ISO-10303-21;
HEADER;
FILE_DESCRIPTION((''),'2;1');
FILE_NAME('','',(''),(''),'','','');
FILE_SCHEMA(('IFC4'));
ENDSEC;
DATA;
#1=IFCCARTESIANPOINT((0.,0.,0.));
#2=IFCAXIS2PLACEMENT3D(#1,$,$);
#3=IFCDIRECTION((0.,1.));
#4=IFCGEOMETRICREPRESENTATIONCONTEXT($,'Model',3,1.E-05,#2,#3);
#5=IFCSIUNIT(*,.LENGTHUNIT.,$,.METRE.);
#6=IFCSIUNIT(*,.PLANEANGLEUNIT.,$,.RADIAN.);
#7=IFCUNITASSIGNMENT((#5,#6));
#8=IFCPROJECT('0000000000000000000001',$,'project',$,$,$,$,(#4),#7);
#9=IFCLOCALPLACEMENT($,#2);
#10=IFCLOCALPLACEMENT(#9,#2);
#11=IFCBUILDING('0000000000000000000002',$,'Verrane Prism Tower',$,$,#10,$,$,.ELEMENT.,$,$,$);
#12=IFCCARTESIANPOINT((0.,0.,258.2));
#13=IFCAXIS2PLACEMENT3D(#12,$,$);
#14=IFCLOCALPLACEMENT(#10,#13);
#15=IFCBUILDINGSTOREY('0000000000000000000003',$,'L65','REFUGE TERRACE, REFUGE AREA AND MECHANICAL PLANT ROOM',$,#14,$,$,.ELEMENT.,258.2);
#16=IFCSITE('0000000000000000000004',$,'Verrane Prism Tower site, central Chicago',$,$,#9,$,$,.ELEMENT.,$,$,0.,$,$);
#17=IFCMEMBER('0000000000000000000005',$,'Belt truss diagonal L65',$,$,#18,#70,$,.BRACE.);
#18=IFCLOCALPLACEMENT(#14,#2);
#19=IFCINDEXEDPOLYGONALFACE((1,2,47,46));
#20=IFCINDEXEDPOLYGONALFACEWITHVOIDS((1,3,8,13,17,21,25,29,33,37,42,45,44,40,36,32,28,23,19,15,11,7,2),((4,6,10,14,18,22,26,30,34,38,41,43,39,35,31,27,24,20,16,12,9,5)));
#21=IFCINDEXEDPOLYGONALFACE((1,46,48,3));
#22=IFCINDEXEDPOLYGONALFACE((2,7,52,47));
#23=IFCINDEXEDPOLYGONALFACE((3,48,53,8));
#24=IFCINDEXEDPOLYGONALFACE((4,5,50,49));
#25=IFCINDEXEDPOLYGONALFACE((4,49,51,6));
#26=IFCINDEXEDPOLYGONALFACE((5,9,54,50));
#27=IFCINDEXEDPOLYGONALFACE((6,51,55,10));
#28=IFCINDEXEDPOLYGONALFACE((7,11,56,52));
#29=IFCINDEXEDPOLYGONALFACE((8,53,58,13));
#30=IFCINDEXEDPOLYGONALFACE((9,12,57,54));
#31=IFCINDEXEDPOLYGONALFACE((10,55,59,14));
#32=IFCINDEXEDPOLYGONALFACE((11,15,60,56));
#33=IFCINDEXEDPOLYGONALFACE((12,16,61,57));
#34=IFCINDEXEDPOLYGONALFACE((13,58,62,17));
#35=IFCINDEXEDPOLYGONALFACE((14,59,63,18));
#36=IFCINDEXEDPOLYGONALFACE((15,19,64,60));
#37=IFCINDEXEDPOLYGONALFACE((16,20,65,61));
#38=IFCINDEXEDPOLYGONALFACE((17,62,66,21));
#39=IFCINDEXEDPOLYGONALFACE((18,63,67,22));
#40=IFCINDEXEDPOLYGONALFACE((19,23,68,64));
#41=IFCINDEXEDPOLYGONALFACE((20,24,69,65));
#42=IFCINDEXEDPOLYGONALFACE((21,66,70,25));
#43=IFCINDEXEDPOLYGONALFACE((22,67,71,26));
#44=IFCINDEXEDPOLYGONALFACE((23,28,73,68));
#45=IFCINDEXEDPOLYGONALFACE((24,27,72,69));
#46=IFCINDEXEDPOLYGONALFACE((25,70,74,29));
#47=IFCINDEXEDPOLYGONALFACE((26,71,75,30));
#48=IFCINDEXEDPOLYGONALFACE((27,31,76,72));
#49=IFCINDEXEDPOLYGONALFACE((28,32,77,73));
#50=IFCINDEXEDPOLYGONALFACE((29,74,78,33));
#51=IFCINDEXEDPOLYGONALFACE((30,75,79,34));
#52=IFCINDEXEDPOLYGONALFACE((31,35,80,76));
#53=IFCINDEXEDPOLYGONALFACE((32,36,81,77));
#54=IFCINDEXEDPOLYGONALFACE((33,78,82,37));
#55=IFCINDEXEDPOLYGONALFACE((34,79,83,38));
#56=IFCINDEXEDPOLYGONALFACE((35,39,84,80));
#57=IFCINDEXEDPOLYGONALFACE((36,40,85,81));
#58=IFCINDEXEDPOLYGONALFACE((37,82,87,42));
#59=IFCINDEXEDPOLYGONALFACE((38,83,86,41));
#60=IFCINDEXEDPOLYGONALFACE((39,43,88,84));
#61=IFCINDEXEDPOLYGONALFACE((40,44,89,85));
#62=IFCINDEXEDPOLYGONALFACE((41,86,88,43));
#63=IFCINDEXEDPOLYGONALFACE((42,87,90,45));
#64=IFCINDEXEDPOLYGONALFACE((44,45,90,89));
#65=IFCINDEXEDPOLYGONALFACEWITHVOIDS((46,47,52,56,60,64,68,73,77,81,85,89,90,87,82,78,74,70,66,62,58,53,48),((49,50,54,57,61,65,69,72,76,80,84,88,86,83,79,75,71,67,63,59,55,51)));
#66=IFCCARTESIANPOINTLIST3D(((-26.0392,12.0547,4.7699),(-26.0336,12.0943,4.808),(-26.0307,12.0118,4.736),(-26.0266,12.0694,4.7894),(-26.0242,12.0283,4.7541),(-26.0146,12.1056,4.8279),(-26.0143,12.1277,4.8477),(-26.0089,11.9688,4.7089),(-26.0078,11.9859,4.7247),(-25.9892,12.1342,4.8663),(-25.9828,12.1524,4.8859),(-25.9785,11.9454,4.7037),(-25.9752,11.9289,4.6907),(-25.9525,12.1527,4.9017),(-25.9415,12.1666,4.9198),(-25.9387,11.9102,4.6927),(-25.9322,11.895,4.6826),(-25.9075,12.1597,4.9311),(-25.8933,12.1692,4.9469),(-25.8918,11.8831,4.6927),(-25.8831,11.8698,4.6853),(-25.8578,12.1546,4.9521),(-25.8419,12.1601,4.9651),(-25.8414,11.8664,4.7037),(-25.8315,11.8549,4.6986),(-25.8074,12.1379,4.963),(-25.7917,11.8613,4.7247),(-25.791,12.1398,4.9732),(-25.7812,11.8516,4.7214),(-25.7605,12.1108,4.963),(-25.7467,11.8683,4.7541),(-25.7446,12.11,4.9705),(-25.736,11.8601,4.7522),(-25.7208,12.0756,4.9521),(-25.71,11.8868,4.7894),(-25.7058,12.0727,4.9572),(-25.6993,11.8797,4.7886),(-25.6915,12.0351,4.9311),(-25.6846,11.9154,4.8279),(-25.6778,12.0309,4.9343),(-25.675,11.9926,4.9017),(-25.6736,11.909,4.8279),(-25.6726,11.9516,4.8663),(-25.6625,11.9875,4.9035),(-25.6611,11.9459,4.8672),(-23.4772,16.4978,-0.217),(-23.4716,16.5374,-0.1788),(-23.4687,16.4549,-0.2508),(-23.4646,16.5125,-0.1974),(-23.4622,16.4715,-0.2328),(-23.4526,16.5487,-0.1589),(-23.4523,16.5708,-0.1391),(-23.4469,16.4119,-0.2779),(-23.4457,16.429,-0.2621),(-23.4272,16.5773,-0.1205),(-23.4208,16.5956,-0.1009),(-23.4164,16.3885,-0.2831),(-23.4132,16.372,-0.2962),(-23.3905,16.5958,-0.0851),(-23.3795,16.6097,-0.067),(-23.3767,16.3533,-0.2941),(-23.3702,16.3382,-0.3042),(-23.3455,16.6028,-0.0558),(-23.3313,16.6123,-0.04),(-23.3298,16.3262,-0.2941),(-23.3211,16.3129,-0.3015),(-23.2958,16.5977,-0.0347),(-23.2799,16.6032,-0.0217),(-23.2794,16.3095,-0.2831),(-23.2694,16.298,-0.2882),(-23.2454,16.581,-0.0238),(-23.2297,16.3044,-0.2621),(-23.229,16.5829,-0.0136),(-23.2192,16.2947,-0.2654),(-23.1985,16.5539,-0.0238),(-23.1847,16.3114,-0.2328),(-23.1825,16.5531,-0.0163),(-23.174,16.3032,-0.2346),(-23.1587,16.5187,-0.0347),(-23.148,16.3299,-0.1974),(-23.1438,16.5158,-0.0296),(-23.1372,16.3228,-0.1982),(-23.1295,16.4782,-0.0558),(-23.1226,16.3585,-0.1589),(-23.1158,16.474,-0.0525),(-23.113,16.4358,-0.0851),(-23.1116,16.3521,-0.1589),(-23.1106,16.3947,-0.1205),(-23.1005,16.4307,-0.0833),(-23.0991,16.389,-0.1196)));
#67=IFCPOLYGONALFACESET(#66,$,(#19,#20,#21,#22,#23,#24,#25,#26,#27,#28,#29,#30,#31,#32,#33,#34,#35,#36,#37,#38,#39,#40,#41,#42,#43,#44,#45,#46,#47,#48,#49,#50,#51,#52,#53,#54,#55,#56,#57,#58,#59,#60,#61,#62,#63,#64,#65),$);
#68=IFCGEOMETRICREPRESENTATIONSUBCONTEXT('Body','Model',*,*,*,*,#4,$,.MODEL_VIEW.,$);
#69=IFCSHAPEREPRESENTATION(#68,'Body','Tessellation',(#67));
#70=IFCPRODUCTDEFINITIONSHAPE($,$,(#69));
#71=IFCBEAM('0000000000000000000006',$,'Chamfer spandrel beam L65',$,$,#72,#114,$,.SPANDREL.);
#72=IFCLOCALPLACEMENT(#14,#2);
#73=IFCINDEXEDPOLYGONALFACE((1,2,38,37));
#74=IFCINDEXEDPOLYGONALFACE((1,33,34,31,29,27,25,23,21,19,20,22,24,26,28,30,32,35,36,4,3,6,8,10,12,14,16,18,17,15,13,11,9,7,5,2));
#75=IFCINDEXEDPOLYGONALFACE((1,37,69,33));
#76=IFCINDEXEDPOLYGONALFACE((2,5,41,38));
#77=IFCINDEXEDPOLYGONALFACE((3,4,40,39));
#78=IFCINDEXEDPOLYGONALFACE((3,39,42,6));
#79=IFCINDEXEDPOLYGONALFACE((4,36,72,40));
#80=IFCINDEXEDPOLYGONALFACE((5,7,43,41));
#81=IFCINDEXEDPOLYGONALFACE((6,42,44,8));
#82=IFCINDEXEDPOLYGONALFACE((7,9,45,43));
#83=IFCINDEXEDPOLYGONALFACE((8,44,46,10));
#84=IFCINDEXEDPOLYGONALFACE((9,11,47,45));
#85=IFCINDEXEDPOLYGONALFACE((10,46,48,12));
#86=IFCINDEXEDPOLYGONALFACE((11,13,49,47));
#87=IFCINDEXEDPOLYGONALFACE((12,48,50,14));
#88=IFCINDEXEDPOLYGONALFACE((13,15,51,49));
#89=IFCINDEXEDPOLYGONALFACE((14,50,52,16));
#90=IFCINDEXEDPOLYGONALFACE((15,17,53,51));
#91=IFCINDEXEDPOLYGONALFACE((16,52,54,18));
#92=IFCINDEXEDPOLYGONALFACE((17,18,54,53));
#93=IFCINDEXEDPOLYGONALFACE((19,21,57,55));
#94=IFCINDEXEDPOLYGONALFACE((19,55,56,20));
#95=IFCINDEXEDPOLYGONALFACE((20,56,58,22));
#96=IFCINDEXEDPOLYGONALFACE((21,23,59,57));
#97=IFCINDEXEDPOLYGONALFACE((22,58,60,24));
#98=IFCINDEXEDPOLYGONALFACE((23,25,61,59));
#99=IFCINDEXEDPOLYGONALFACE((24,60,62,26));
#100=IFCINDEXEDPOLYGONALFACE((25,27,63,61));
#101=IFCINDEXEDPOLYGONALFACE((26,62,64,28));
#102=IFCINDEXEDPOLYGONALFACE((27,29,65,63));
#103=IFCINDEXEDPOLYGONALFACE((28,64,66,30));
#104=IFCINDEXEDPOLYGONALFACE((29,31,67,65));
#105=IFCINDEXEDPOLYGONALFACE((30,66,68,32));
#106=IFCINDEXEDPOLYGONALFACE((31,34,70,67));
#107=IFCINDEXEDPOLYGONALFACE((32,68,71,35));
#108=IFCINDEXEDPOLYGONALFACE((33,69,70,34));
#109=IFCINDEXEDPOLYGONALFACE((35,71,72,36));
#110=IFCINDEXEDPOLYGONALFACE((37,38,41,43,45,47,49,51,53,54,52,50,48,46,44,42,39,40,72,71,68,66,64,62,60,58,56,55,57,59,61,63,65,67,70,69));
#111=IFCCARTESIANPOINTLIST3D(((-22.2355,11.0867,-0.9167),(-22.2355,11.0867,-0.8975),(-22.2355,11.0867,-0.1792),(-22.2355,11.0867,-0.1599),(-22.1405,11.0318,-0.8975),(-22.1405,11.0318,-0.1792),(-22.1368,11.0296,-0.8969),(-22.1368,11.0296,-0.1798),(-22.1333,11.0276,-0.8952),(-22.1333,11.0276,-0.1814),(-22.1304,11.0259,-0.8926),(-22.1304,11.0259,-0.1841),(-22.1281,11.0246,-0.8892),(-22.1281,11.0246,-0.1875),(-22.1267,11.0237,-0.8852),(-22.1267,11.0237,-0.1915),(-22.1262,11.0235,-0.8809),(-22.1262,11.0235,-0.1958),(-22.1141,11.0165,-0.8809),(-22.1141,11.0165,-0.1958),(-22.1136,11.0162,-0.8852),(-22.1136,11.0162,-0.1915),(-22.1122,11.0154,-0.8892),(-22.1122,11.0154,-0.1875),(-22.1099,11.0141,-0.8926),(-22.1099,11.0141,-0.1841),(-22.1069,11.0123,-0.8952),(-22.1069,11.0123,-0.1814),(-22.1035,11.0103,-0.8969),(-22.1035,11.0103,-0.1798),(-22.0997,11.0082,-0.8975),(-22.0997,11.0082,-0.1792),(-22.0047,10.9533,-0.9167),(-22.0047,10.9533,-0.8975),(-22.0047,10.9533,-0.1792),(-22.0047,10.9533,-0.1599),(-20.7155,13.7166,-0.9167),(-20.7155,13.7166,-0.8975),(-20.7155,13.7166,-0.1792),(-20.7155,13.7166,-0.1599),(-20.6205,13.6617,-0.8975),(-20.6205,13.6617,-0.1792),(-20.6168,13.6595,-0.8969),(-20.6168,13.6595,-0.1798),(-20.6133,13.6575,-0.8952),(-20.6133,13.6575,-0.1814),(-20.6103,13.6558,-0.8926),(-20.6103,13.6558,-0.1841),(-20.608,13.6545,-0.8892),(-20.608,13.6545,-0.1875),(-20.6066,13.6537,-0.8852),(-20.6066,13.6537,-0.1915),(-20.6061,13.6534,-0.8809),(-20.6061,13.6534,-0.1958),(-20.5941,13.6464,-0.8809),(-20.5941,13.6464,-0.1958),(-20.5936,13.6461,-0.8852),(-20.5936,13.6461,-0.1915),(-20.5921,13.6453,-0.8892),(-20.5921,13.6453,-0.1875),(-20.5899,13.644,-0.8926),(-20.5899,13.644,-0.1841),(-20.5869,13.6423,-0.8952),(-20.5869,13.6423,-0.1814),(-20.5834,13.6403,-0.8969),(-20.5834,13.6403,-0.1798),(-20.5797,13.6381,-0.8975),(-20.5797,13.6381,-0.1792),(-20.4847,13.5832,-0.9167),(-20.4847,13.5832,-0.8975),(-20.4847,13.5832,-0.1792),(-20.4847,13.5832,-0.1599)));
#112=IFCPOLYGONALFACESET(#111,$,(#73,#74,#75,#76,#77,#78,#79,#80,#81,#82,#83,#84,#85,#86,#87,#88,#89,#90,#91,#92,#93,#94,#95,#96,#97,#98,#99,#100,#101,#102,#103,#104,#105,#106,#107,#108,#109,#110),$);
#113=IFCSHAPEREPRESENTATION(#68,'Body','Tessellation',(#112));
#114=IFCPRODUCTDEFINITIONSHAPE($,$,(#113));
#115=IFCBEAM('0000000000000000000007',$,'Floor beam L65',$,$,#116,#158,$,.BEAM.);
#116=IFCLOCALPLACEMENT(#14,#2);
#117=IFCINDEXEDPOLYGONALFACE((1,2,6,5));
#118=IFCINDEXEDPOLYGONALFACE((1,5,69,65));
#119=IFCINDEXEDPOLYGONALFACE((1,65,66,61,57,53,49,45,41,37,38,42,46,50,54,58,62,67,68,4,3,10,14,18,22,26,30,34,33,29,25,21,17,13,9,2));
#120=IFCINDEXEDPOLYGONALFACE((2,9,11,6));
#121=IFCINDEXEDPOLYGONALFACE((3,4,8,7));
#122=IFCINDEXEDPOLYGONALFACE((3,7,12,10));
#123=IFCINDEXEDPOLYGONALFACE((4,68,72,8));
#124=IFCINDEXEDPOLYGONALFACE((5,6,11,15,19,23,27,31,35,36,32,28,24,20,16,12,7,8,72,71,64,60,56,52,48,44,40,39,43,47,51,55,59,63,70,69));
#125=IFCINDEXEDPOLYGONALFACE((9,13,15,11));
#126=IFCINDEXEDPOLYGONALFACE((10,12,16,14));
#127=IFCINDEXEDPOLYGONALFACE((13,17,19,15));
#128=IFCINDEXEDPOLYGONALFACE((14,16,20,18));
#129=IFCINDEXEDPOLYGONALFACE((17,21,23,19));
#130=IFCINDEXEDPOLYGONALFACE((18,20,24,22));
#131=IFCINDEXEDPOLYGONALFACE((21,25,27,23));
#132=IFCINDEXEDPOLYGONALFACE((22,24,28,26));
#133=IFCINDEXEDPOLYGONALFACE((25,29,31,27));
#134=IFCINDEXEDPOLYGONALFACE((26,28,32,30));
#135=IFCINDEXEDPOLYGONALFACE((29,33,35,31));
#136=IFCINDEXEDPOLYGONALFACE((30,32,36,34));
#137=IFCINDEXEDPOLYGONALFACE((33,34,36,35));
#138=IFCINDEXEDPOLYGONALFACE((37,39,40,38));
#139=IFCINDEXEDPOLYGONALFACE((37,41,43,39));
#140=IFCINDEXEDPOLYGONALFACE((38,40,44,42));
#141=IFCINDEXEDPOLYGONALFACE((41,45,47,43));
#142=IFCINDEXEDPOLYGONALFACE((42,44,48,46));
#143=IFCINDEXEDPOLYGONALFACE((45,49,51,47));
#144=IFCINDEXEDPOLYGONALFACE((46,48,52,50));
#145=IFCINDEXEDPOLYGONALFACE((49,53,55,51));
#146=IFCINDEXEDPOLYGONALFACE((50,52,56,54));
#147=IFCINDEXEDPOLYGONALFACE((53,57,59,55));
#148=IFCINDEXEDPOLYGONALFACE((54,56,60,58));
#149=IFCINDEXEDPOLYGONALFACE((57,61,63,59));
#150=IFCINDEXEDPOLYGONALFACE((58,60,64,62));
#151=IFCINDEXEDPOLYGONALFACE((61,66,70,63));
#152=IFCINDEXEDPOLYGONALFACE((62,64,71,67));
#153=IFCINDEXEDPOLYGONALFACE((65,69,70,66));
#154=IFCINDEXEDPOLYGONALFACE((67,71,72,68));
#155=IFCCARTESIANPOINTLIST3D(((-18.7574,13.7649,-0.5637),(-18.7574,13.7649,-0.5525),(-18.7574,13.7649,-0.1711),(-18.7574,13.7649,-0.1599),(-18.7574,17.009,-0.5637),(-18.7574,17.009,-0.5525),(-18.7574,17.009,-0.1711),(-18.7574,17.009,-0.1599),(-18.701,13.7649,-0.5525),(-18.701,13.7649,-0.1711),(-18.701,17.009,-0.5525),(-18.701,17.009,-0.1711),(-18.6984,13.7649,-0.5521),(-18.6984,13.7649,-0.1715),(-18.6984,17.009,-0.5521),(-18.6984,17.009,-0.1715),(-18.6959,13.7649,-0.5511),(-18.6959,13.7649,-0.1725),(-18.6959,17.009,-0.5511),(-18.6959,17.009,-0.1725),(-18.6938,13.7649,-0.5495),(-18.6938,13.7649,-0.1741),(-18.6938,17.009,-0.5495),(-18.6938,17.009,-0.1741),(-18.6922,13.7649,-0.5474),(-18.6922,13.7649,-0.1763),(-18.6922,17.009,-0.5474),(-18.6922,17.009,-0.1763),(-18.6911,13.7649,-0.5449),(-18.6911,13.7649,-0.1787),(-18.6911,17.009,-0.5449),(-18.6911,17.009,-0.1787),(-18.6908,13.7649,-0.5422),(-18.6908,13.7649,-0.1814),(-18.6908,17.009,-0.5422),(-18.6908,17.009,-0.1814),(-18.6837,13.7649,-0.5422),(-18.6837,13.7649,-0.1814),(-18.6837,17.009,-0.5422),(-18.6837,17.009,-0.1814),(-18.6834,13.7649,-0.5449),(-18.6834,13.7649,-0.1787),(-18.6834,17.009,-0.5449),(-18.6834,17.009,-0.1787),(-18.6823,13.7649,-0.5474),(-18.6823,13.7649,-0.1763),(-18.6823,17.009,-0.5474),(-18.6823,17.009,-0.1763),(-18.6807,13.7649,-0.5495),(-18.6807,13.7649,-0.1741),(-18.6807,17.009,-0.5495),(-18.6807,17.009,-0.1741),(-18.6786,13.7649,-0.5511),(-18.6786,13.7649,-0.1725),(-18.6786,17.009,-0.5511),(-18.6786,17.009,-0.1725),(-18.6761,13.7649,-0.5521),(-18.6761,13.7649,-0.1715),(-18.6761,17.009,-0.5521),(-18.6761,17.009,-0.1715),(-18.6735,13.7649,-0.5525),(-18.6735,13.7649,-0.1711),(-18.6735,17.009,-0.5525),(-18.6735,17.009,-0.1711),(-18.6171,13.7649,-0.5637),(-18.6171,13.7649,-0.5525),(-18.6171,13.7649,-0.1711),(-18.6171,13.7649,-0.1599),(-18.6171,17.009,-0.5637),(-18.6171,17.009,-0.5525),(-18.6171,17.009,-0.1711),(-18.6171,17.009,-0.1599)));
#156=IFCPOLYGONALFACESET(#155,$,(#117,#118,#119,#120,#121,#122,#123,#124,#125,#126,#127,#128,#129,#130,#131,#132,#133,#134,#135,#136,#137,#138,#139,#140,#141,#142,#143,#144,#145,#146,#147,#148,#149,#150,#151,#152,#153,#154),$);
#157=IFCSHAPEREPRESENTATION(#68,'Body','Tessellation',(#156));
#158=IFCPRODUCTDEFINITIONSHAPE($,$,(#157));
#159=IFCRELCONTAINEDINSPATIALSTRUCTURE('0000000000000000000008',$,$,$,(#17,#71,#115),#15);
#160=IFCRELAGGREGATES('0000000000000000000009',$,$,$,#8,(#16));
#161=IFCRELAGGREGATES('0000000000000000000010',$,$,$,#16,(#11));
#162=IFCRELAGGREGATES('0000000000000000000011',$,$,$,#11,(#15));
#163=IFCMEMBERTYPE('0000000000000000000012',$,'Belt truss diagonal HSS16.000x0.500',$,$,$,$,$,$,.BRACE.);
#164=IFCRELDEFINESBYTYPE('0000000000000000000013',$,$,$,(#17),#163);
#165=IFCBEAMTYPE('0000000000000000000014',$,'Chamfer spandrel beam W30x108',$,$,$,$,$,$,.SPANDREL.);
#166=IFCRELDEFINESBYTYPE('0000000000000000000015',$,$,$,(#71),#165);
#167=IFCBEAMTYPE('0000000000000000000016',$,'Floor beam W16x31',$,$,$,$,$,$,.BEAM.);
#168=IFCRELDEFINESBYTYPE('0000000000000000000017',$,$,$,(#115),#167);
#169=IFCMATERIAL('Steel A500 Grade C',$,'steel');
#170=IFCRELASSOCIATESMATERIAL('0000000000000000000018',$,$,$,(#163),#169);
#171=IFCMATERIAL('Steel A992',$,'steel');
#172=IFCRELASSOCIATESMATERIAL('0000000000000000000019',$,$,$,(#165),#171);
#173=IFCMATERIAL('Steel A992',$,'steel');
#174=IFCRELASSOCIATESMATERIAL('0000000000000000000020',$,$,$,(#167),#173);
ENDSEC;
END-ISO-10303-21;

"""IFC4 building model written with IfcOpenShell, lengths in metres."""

from ifc_helpers import new_model, si_unit, direction, frame, origin, origin_2d, place, context, subcontext, project, spatial, hollow_circle, i_section, extrude, material, material_profile, profile_set, type_object, element, save


model = new_model("IFC4")

# Units and contexts
model_context = context("Model", 3, precision=1e-05, world=origin(), true_north=direction((0.0, 1.0)))
body_context = subcontext(model_context, "Body", "Model", "MODEL_VIEW")
ifc_project = project(units=[si_unit("LENGTHUNIT", "METRE"), si_unit("PLANEANGLEUNIT", "RADIAN")], contexts=[model_context])

# Site, building, storey
site_placement = place(None, origin())
site = spatial("IfcSite", under=ifc_project, at=site_placement, Name="Verrane Prism Tower site, central Chicago", CompositionType="ELEMENT", RefElevation=0.0)
building_placement = place(site_placement, origin())
building = spatial("IfcBuilding", under=site, at=building_placement, Name="Verrane Prism Tower", CompositionType="ELEMENT")
storey_placement = place(building_placement, frame((0.0, 0.0, 258.2)))
storey = spatial("IfcBuildingStorey", under=building, at=storey_placement, Name="L65", Description="REFUGE TERRACE, REFUGE AREA AND MECHANICAL PLANT ROOM", CompositionType="ELEMENT", Elevation=258.2)

# Member
ifc_material_1 = material(Name="Steel A500 Grade C", Category="steel")
ifc_material_profile_1 = material_profile(ifc_material_1, hollow_circle(Radius=0.2031, WallThickness=0.0127, at=origin_2d()), Name="HSS16.000x0.500")
ifc_profile_set_1 = profile_set([ifc_material_profile_1], Name="Steel A500 Grade C")
member_type_1 = type_object("IfcMemberType", Name="Belt truss diagonal HSS16.000x0.500", PredefinedType="BRACE", material=ifc_profile_set_1)
member_1_placement = place(storey_placement, frame((-23.2876, 16.4536, -0.1589), z_axis=(-0.358145, -0.621105, 0.697109), x_axis=(0.866297, -0.499529, 0.0)))
element("IfcMember", 1, at=member_1_placement, inside=storey, type_object=member_type_1, Name="Belt truss diagonal L65", PredefinedType="BRACE", context=body_context, shape_type="SweptSolid", body=[
    extrude(hollow_circle(Radius=0.2031, WallThickness=0.0127, at=origin_2d()), origin(), (0.0, 0.0, 1.0), 7.1536),
])

# Beams
ifc_material_2 = material(Name="Steel A992", Category="steel")
ifc_material_profile_2 = material_profile(ifc_material_2, i_section(OverallWidth=0.2666, OverallDepth=0.7568, WebThickness=0.0139, FlangeThickness=0.0193, FilletRadius=0.0166, at=origin_2d()), Name="W30x108")
ifc_profile_set_2 = profile_set([ifc_material_profile_2], Name="Steel A992")
beam_type_1 = type_object("IfcBeamType", Name="Chamfer spandrel beam W30x108", PredefinedType="SPANDREL", material=ifc_profile_set_2)
beam_1_placement = place(storey_placement, frame((-20.6001, 13.6499, -0.5383), z_axis=(-0.500409, -0.865789, 0.0), x_axis=(0.865789, -0.500409, 0.0)))
element("IfcBeam", 2, at=beam_1_placement, inside=storey, type_object=beam_type_1, Name="Chamfer spandrel beam L65", PredefinedType="SPANDREL", context=body_context, shape_type="SweptSolid", body=[
    extrude(i_section(OverallWidth=0.2666, OverallDepth=0.7568, WebThickness=0.0139, FlangeThickness=0.0193, FilletRadius=0.0166, at=origin_2d()), origin(), (0.0, 0.0, 1.0), 3.0376),
])
ifc_material_3 = material(Name="Steel A992", Category="steel")
ifc_material_profile_3 = material_profile(ifc_material_3, i_section(OverallWidth=0.1404, OverallDepth=0.4038, WebThickness=0.0071, FlangeThickness=0.0112, FilletRadius=0.0103, at=origin_2d()), Name="W16x31")
ifc_profile_set_3 = profile_set([ifc_material_profile_3], Name="Steel A992")
beam_type_2 = type_object("IfcBeamType", Name="Floor beam W16x31", PredefinedType="BEAM", material=ifc_profile_set_3)
beam_2_placement = place(storey_placement, frame((-18.6873, 13.7649, -0.3618), z_axis=(0.0, 1.0, 0.0), x_axis=(-1.0, 0.0, 0.0)))
element("IfcBeam", 3, at=beam_2_placement, inside=storey, type_object=beam_type_2, Name="Floor beam L65", PredefinedType="BEAM", context=body_context, shape_type="SweptSolid", body=[
    extrude(i_section(OverallWidth=0.1404, OverallDepth=0.4038, WebThickness=0.0071, FlangeThickness=0.0112, FilletRadius=0.0103, at=origin_2d()), origin(), (0.0, 0.0, 1.0), 3.2441),
])

save(model, "model.ifc")
